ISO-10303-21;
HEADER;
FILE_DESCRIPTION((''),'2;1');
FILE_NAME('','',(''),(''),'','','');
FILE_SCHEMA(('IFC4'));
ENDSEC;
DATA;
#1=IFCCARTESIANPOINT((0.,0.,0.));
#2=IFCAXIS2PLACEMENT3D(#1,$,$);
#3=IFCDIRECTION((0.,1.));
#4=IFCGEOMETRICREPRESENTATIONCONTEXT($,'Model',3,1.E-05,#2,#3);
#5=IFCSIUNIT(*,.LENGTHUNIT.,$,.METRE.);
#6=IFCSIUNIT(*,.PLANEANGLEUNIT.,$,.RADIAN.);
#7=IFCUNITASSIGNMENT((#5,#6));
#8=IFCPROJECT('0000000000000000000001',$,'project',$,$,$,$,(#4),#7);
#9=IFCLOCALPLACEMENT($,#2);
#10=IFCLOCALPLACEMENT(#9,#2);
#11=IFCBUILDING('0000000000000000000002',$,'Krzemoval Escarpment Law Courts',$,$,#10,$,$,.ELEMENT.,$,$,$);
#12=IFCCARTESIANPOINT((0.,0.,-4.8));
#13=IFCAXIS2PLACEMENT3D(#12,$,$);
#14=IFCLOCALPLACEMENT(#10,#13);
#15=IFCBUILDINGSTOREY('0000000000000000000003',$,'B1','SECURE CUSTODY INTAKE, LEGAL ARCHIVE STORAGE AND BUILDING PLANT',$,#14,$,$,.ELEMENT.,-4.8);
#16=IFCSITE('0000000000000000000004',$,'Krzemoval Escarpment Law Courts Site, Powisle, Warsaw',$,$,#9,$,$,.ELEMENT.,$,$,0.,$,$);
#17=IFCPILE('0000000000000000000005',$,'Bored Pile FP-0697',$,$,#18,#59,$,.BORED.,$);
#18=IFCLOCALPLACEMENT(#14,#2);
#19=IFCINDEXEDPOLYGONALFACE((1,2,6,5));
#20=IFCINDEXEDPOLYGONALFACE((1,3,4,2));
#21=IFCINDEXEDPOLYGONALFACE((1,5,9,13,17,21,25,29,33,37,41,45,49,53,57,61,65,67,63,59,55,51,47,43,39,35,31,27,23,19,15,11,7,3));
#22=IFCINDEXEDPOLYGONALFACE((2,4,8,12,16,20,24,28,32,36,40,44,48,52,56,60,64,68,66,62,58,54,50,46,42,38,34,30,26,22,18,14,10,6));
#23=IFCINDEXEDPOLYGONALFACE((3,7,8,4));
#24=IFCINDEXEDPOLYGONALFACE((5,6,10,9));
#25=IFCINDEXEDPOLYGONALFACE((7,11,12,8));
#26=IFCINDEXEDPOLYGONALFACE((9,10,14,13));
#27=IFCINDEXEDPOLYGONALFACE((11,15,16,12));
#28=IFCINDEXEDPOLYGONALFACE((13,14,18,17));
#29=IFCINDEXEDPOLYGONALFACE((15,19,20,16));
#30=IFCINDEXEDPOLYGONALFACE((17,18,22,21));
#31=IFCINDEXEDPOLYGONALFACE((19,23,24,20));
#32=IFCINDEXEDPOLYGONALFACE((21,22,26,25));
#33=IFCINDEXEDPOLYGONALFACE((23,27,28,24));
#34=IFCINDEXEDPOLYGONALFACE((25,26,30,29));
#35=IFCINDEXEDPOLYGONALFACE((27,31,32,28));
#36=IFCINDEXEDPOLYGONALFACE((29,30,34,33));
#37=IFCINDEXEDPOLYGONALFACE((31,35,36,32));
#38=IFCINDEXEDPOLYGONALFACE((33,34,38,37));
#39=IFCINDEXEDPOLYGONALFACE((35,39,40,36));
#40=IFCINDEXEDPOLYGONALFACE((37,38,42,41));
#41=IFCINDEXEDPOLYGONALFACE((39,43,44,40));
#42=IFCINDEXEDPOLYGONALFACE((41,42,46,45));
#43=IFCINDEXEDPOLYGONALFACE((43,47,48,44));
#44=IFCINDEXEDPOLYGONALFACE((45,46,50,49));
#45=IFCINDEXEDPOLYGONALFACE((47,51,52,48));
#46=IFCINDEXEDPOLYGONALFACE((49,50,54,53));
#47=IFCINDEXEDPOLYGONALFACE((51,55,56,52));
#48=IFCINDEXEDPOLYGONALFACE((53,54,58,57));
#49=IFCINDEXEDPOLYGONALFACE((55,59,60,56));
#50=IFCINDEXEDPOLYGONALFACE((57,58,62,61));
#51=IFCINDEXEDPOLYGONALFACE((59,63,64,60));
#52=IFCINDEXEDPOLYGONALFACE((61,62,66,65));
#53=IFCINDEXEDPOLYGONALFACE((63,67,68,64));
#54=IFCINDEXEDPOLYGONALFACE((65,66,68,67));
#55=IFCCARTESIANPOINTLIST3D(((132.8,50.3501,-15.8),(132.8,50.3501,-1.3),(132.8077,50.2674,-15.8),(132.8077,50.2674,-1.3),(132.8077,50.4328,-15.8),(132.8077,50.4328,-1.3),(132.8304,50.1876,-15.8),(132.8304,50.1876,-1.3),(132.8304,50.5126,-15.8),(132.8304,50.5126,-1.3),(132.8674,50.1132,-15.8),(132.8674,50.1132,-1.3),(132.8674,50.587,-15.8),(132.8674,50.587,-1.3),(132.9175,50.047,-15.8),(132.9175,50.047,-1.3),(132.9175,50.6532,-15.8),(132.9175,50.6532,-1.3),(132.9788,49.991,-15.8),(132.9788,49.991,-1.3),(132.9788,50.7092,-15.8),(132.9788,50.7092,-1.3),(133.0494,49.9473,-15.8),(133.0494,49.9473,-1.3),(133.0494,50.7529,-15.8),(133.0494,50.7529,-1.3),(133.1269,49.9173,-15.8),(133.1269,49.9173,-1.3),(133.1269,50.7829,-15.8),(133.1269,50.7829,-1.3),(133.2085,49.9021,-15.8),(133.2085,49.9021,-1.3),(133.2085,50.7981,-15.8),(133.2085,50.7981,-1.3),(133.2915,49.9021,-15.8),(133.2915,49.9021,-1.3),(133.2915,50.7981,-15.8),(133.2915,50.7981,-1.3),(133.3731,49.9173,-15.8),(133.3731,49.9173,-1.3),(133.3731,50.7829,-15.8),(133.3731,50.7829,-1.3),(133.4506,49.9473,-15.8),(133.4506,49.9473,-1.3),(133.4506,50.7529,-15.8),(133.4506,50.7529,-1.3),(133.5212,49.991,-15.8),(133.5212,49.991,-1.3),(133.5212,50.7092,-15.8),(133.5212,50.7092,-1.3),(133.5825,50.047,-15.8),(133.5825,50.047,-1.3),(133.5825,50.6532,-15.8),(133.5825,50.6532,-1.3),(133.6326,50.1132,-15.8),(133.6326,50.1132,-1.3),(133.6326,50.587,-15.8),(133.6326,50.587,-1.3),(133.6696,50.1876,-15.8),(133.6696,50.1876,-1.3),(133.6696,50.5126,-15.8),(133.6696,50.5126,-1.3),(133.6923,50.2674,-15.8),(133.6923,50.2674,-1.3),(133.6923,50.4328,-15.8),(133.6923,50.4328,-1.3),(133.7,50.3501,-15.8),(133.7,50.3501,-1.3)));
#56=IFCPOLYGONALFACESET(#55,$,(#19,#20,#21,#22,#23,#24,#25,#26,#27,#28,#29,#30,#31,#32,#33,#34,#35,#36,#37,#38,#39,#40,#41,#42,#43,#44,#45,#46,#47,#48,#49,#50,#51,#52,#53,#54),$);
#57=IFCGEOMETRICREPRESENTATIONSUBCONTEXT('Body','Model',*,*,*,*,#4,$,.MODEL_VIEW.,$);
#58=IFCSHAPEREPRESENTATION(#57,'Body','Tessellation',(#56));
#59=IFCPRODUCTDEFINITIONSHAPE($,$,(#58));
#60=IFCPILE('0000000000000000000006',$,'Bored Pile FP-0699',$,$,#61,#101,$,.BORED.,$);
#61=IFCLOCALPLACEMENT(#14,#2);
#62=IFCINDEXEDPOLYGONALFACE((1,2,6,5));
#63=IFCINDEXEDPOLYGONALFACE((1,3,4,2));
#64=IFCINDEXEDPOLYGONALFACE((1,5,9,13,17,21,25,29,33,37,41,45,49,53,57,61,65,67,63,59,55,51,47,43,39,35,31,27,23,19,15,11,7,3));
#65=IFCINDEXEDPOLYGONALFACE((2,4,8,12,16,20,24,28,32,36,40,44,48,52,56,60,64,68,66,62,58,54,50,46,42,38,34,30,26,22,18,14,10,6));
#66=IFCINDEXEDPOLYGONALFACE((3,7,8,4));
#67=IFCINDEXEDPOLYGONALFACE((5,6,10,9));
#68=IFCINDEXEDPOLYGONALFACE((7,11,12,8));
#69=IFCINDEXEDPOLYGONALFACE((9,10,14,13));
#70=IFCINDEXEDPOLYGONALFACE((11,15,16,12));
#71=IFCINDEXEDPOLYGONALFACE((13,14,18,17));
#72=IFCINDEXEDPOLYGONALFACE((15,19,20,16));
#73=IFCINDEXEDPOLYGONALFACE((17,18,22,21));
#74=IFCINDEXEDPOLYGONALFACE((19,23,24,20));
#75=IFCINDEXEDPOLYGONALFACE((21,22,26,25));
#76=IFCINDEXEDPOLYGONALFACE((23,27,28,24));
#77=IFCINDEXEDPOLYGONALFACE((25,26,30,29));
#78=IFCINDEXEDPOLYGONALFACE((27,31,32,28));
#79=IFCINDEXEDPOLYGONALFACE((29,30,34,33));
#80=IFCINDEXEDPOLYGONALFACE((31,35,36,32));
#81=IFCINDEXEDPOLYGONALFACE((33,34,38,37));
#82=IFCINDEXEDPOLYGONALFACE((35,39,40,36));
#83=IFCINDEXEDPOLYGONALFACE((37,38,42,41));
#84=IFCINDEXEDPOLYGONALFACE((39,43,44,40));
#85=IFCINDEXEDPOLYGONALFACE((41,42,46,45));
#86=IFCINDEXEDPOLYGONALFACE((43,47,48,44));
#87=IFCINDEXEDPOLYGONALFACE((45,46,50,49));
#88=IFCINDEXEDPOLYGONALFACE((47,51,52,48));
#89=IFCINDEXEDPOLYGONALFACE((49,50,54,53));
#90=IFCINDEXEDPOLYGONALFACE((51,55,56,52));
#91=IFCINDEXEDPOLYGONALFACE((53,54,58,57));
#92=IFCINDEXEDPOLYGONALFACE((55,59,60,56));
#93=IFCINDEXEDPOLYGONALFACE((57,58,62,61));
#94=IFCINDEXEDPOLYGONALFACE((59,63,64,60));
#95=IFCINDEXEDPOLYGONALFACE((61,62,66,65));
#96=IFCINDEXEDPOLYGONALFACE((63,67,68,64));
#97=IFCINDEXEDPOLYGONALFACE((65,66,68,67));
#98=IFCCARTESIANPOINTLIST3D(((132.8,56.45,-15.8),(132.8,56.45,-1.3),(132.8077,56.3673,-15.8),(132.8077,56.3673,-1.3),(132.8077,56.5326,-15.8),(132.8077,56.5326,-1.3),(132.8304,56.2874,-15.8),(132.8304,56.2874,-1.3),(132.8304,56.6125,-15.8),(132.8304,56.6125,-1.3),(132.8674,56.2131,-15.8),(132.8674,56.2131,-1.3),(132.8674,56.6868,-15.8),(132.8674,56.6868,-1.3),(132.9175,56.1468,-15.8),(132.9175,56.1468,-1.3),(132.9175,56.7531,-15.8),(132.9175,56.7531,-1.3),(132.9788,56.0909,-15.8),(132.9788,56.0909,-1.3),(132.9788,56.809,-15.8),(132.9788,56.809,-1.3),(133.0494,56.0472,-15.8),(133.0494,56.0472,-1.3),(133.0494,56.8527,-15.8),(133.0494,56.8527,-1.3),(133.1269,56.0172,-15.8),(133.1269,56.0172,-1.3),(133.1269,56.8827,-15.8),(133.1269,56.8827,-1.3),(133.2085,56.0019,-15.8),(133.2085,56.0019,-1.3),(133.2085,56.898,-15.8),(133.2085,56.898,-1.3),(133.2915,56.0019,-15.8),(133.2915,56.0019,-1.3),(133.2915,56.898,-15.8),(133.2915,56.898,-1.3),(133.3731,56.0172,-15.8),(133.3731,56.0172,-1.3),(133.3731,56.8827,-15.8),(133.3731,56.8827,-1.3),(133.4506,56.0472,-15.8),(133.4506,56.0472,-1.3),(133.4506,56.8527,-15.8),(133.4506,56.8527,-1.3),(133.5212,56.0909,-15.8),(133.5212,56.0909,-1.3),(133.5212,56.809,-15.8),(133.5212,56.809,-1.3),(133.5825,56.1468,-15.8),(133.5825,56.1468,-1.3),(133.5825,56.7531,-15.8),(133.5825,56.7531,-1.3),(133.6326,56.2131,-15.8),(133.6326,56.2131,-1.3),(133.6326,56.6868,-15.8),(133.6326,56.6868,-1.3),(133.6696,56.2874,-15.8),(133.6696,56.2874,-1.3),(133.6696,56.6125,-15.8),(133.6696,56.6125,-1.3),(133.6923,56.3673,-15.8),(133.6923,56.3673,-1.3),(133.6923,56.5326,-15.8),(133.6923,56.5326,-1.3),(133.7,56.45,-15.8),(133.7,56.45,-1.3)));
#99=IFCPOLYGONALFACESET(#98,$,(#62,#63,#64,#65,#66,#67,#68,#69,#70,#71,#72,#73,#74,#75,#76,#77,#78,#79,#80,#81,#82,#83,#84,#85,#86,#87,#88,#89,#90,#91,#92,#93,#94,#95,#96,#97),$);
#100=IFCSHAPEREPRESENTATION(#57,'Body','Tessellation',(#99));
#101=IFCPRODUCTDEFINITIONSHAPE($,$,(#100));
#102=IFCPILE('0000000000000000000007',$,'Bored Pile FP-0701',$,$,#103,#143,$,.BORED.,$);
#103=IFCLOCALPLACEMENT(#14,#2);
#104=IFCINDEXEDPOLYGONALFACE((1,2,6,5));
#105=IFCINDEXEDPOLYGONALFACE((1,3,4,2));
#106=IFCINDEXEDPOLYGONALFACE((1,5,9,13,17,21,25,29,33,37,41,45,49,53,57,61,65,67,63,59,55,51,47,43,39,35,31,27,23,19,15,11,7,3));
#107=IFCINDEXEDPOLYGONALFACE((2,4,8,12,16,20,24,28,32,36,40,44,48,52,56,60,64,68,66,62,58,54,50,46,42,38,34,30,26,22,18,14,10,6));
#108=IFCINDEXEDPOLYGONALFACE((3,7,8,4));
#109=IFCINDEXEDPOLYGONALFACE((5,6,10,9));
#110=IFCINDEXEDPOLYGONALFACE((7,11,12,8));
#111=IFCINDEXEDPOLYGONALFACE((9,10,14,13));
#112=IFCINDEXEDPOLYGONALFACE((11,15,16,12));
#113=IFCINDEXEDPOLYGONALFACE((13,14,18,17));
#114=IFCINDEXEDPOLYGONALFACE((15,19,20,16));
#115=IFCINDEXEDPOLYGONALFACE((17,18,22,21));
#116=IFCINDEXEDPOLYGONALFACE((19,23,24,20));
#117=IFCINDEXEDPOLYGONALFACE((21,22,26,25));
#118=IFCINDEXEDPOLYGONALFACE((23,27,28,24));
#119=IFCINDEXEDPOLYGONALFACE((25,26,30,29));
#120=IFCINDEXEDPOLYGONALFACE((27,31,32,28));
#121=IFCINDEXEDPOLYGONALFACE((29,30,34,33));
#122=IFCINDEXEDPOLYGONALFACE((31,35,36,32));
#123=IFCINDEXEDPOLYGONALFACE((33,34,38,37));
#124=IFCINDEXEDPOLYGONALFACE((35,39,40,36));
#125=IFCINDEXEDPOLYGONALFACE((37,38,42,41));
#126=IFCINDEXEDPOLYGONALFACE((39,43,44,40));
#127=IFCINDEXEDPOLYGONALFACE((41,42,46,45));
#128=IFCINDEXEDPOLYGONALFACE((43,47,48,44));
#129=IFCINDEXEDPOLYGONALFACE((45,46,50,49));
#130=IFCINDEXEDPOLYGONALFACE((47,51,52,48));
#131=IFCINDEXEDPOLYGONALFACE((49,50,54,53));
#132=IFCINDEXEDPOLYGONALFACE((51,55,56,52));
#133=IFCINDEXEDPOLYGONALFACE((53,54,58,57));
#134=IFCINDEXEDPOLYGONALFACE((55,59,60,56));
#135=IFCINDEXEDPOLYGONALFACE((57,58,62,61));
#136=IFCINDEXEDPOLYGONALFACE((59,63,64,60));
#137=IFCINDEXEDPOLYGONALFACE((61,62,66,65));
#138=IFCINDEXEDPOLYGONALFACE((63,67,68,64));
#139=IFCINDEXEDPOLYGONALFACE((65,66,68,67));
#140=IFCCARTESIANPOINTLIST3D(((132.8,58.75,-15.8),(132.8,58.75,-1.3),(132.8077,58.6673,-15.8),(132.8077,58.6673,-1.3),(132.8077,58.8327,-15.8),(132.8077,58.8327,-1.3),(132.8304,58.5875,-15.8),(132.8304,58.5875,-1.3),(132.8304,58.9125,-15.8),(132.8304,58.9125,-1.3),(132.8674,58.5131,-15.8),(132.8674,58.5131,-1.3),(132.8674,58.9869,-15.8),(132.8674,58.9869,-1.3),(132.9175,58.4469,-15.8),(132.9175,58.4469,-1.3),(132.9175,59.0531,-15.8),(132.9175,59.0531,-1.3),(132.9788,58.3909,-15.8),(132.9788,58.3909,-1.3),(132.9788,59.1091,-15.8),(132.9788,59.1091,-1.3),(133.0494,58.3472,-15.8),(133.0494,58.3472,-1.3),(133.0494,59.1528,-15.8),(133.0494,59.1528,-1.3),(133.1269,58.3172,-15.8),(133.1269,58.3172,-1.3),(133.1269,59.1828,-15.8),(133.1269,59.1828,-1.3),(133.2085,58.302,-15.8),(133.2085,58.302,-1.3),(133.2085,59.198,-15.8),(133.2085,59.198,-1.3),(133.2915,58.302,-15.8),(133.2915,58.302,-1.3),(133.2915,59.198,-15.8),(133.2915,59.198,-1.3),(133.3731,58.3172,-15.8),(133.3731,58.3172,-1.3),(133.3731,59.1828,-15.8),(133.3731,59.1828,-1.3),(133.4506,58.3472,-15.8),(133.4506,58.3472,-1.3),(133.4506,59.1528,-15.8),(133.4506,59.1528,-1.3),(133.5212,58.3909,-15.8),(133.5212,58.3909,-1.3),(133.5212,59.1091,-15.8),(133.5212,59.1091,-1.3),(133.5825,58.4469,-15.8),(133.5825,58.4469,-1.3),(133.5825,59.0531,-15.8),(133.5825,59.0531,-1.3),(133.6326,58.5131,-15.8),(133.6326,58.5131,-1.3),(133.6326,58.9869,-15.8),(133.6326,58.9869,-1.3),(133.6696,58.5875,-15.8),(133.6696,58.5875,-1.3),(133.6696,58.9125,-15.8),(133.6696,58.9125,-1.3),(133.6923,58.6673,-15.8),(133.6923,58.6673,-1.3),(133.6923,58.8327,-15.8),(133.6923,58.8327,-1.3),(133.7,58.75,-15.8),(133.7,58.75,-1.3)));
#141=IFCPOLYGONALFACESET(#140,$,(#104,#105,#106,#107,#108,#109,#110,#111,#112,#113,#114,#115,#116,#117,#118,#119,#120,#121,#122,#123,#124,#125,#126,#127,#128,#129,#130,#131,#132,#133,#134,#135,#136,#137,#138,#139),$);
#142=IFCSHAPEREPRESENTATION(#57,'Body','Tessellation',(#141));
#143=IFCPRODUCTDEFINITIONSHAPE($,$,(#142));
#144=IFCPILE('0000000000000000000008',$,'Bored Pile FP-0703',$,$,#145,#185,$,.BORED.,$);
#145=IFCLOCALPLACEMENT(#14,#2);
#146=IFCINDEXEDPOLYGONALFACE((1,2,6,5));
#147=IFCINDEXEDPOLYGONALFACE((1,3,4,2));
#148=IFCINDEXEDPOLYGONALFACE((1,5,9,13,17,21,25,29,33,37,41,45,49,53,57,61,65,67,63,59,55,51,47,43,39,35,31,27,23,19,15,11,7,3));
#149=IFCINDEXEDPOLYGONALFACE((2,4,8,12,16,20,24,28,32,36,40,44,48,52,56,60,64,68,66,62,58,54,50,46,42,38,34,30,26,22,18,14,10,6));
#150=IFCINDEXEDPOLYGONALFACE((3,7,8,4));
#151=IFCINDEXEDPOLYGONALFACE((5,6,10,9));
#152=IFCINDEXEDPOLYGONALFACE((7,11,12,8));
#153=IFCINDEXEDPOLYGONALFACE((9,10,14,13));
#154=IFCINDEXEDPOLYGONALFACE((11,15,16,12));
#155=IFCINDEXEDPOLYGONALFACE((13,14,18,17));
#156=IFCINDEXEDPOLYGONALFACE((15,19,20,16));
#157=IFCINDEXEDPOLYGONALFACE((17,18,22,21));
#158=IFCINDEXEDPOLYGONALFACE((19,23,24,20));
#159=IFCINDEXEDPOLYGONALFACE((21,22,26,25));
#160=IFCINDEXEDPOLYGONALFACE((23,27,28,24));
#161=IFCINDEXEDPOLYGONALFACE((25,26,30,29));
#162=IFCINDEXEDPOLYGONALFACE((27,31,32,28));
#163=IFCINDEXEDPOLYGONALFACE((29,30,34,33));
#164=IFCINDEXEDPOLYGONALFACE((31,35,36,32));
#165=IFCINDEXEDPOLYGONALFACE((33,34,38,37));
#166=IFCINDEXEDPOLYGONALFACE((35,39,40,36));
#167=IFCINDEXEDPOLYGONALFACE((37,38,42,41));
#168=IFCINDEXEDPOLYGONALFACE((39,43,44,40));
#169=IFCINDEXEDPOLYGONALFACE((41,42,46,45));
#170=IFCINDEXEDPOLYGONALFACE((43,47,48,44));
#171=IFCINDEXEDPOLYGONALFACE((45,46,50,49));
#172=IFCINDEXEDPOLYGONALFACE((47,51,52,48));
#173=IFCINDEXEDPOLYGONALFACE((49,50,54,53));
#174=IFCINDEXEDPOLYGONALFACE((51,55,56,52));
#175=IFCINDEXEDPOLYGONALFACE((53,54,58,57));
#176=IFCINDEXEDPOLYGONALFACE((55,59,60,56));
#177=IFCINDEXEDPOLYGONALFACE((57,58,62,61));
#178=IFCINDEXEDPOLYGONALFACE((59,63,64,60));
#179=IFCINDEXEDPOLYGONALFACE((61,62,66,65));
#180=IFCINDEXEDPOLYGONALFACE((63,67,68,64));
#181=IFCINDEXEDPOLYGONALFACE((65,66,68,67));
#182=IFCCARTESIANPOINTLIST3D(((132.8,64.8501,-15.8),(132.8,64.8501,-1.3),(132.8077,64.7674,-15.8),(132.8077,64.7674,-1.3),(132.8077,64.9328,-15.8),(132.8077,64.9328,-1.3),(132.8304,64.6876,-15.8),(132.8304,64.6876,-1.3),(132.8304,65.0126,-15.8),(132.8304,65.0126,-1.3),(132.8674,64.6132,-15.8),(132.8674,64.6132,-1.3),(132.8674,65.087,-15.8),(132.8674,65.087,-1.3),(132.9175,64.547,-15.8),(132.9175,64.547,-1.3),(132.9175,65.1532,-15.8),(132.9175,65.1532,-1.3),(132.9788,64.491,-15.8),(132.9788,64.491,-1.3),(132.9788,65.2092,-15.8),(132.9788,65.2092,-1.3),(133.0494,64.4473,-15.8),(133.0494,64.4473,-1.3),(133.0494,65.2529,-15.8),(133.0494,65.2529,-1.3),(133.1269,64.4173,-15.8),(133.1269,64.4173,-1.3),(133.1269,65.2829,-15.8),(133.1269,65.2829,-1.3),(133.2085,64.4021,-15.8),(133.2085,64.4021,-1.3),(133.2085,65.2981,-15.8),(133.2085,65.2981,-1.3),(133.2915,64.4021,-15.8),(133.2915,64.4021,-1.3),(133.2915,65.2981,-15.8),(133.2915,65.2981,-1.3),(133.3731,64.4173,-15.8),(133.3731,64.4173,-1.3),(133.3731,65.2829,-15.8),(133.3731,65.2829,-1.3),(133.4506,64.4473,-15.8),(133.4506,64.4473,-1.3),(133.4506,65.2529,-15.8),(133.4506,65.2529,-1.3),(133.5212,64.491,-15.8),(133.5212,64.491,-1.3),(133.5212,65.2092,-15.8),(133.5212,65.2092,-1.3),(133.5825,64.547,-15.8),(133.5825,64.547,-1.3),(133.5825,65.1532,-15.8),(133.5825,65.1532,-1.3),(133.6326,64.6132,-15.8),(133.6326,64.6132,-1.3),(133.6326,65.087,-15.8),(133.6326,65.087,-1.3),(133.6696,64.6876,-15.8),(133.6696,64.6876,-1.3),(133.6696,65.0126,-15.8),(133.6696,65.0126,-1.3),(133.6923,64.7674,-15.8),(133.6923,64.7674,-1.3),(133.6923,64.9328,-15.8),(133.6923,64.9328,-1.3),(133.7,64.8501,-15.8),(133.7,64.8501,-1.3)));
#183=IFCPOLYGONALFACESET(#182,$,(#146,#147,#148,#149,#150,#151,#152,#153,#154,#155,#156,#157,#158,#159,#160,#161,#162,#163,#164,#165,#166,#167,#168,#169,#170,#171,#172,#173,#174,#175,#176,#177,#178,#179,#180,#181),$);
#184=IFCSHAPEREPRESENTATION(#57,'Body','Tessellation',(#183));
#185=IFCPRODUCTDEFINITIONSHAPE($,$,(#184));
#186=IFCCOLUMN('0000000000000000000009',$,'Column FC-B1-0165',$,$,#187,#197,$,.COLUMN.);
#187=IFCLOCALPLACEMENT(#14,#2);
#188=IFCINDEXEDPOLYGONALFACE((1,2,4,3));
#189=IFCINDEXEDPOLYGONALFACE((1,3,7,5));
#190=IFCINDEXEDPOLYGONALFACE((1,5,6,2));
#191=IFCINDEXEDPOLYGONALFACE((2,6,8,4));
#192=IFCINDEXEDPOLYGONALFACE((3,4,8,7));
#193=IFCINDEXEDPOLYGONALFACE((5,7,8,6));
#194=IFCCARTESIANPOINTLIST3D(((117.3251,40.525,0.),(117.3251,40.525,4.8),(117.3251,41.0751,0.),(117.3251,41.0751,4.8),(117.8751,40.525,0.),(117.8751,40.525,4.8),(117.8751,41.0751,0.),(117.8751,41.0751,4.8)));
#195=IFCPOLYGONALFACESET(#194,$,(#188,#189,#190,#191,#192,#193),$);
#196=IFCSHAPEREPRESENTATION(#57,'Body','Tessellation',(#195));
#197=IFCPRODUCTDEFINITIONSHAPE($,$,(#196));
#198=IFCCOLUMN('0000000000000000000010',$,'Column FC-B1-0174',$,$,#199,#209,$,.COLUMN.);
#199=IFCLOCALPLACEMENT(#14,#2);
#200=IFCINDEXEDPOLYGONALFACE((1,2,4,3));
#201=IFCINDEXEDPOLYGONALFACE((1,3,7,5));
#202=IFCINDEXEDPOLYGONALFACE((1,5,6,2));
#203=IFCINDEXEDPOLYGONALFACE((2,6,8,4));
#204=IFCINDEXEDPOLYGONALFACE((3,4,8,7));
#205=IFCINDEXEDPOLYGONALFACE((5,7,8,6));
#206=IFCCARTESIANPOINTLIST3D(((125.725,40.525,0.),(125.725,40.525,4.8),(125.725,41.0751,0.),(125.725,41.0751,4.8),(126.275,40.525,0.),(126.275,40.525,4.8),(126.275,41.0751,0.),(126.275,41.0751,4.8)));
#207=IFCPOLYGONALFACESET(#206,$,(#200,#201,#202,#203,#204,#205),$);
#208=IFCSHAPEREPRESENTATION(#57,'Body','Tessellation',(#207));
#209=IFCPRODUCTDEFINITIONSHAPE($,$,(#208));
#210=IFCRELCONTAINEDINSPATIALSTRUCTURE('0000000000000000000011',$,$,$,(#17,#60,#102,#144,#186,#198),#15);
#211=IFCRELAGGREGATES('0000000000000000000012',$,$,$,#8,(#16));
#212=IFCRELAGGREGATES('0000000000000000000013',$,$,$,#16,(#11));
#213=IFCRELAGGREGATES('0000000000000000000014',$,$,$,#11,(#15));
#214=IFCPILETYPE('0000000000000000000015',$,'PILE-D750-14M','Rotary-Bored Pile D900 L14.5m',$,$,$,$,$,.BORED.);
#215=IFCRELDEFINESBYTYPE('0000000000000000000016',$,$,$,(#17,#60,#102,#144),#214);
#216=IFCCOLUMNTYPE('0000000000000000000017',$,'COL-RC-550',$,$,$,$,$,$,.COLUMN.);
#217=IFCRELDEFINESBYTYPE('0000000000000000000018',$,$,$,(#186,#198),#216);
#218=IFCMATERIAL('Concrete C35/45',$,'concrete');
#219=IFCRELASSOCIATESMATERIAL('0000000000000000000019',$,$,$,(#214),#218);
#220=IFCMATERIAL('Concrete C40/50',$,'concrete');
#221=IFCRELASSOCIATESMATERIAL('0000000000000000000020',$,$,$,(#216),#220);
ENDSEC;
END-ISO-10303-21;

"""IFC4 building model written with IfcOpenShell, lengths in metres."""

from ifc_helpers import new_model, si_unit, direction, frame, origin, origin_2d, place, context, subcontext, project, spatial, rectangle, circle, extrude, material, material_profile, profile_set, type_object, element, save


model = new_model("IFC4")

# Units and contexts
model_context = context("Model", 3, precision=1e-05, world=origin(), true_north=direction((0.0, 1.0)))
body_context = subcontext(model_context, "Body", "Model", "MODEL_VIEW")
ifc_project = project(units=[si_unit("LENGTHUNIT", "METRE"), si_unit("PLANEANGLEUNIT", "RADIAN")], contexts=[model_context])

# Site, building, storey
site_placement = place(None, origin())
site = spatial("IfcSite", under=ifc_project, at=site_placement, Name="Krzemoval Escarpment Law Courts Site, Powisle, Warsaw", CompositionType="ELEMENT", RefElevation=0.0)
building_placement = place(site_placement, origin())
building = spatial("IfcBuilding", under=site, at=building_placement, Name="Krzemoval Escarpment Law Courts", CompositionType="ELEMENT")
storey_placement = place(building_placement, frame((0.0, 0.0, -4.8)))
storey = spatial("IfcBuildingStorey", under=building, at=storey_placement, Name="B1", Description="SECURE CUSTODY INTAKE, LEGAL ARCHIVE STORAGE AND BUILDING PLANT", CompositionType="ELEMENT", Elevation=-4.8)

# Piles
ifc_material_1 = material(Name="Concrete C35/45", Category="concrete")
ifc_material_profile_1 = material_profile(ifc_material_1, circle(Radius=0.45, at=origin_2d()), Name="PILE D900")
ifc_profile_set_1 = profile_set([ifc_material_profile_1], Name="Concrete C35/45")
pile_type = type_object("IfcPileType", Name="PILE-D750-14M", Description="Rotary-Bored Pile D900 L14.5m", PredefinedType="BORED", material=ifc_profile_set_1)
for number, where, z_axis, x_axis, name in (
    (1, (133.25, 50.3501, -1.3), (0.0, 0.0, -1.0), (1.0, 0.0, 0.0), "Bored Pile FP-0697"),
    (2, (133.25, 56.45, -1.3), (0.0, 0.0, -1.0), (1.0, 0.0, 0.0), "Bored Pile FP-0699"),
    (3, (133.25, 58.75, -1.3), (0.0, 0.0, -1.0), (1.0, 0.0, 0.0), "Bored Pile FP-0701"),
    (4, (133.25, 64.8501, -1.3), (0.0, 0.0, -1.0), (1.0, 0.0, 0.0), "Bored Pile FP-0703"),
):
    element("IfcPile", number, at=place(storey_placement, frame(where, z_axis=z_axis, x_axis=x_axis)), inside=storey, type_object=pile_type, Name=name, PredefinedType="BORED", context=body_context, shape_type="SweptSolid", body=[
        extrude(circle(Radius=0.45, at=origin_2d()), origin(), (0.0, 0.0, 1.0), 14.5),
    ])

# Columns
ifc_material_2 = material(Name="Concrete C40/50", Category="concrete")
ifc_material_profile_2 = material_profile(ifc_material_2, rectangle(XDim=0.55, YDim=0.55, at=origin_2d()), Name="RC 550x550")
ifc_profile_set_2 = profile_set([ifc_material_profile_2], Name="Concrete C40/50")
column_type_1 = type_object("IfcColumnType", Name="COL-RC-550", PredefinedType="COLUMN", material=ifc_profile_set_2)
for number, where, z_axis, x_axis, name in (
    (5, (117.6001, 40.8, 0.0), (0.0, 0.0, 1.0), (1.0, 0.0, 0.0), "Column FC-B1-0165"),
    (6, (126.0, 40.8, 0.0), (0.0, 0.0, 1.0), (1.0, 0.0, 0.0), "Column FC-B1-0174"),
):
    element("IfcColumn", number, at=place(storey_placement, frame(where, z_axis=z_axis, x_axis=x_axis)), inside=storey, type_object=column_type_1, Name=name, PredefinedType="COLUMN", context=body_context, shape_type="SweptSolid", body=[
        extrude(rectangle(XDim=0.55, YDim=0.55, at=origin_2d()), origin(), (0.0, 0.0, 1.0), 4.8),
    ])

save(model, "model.ifc")
